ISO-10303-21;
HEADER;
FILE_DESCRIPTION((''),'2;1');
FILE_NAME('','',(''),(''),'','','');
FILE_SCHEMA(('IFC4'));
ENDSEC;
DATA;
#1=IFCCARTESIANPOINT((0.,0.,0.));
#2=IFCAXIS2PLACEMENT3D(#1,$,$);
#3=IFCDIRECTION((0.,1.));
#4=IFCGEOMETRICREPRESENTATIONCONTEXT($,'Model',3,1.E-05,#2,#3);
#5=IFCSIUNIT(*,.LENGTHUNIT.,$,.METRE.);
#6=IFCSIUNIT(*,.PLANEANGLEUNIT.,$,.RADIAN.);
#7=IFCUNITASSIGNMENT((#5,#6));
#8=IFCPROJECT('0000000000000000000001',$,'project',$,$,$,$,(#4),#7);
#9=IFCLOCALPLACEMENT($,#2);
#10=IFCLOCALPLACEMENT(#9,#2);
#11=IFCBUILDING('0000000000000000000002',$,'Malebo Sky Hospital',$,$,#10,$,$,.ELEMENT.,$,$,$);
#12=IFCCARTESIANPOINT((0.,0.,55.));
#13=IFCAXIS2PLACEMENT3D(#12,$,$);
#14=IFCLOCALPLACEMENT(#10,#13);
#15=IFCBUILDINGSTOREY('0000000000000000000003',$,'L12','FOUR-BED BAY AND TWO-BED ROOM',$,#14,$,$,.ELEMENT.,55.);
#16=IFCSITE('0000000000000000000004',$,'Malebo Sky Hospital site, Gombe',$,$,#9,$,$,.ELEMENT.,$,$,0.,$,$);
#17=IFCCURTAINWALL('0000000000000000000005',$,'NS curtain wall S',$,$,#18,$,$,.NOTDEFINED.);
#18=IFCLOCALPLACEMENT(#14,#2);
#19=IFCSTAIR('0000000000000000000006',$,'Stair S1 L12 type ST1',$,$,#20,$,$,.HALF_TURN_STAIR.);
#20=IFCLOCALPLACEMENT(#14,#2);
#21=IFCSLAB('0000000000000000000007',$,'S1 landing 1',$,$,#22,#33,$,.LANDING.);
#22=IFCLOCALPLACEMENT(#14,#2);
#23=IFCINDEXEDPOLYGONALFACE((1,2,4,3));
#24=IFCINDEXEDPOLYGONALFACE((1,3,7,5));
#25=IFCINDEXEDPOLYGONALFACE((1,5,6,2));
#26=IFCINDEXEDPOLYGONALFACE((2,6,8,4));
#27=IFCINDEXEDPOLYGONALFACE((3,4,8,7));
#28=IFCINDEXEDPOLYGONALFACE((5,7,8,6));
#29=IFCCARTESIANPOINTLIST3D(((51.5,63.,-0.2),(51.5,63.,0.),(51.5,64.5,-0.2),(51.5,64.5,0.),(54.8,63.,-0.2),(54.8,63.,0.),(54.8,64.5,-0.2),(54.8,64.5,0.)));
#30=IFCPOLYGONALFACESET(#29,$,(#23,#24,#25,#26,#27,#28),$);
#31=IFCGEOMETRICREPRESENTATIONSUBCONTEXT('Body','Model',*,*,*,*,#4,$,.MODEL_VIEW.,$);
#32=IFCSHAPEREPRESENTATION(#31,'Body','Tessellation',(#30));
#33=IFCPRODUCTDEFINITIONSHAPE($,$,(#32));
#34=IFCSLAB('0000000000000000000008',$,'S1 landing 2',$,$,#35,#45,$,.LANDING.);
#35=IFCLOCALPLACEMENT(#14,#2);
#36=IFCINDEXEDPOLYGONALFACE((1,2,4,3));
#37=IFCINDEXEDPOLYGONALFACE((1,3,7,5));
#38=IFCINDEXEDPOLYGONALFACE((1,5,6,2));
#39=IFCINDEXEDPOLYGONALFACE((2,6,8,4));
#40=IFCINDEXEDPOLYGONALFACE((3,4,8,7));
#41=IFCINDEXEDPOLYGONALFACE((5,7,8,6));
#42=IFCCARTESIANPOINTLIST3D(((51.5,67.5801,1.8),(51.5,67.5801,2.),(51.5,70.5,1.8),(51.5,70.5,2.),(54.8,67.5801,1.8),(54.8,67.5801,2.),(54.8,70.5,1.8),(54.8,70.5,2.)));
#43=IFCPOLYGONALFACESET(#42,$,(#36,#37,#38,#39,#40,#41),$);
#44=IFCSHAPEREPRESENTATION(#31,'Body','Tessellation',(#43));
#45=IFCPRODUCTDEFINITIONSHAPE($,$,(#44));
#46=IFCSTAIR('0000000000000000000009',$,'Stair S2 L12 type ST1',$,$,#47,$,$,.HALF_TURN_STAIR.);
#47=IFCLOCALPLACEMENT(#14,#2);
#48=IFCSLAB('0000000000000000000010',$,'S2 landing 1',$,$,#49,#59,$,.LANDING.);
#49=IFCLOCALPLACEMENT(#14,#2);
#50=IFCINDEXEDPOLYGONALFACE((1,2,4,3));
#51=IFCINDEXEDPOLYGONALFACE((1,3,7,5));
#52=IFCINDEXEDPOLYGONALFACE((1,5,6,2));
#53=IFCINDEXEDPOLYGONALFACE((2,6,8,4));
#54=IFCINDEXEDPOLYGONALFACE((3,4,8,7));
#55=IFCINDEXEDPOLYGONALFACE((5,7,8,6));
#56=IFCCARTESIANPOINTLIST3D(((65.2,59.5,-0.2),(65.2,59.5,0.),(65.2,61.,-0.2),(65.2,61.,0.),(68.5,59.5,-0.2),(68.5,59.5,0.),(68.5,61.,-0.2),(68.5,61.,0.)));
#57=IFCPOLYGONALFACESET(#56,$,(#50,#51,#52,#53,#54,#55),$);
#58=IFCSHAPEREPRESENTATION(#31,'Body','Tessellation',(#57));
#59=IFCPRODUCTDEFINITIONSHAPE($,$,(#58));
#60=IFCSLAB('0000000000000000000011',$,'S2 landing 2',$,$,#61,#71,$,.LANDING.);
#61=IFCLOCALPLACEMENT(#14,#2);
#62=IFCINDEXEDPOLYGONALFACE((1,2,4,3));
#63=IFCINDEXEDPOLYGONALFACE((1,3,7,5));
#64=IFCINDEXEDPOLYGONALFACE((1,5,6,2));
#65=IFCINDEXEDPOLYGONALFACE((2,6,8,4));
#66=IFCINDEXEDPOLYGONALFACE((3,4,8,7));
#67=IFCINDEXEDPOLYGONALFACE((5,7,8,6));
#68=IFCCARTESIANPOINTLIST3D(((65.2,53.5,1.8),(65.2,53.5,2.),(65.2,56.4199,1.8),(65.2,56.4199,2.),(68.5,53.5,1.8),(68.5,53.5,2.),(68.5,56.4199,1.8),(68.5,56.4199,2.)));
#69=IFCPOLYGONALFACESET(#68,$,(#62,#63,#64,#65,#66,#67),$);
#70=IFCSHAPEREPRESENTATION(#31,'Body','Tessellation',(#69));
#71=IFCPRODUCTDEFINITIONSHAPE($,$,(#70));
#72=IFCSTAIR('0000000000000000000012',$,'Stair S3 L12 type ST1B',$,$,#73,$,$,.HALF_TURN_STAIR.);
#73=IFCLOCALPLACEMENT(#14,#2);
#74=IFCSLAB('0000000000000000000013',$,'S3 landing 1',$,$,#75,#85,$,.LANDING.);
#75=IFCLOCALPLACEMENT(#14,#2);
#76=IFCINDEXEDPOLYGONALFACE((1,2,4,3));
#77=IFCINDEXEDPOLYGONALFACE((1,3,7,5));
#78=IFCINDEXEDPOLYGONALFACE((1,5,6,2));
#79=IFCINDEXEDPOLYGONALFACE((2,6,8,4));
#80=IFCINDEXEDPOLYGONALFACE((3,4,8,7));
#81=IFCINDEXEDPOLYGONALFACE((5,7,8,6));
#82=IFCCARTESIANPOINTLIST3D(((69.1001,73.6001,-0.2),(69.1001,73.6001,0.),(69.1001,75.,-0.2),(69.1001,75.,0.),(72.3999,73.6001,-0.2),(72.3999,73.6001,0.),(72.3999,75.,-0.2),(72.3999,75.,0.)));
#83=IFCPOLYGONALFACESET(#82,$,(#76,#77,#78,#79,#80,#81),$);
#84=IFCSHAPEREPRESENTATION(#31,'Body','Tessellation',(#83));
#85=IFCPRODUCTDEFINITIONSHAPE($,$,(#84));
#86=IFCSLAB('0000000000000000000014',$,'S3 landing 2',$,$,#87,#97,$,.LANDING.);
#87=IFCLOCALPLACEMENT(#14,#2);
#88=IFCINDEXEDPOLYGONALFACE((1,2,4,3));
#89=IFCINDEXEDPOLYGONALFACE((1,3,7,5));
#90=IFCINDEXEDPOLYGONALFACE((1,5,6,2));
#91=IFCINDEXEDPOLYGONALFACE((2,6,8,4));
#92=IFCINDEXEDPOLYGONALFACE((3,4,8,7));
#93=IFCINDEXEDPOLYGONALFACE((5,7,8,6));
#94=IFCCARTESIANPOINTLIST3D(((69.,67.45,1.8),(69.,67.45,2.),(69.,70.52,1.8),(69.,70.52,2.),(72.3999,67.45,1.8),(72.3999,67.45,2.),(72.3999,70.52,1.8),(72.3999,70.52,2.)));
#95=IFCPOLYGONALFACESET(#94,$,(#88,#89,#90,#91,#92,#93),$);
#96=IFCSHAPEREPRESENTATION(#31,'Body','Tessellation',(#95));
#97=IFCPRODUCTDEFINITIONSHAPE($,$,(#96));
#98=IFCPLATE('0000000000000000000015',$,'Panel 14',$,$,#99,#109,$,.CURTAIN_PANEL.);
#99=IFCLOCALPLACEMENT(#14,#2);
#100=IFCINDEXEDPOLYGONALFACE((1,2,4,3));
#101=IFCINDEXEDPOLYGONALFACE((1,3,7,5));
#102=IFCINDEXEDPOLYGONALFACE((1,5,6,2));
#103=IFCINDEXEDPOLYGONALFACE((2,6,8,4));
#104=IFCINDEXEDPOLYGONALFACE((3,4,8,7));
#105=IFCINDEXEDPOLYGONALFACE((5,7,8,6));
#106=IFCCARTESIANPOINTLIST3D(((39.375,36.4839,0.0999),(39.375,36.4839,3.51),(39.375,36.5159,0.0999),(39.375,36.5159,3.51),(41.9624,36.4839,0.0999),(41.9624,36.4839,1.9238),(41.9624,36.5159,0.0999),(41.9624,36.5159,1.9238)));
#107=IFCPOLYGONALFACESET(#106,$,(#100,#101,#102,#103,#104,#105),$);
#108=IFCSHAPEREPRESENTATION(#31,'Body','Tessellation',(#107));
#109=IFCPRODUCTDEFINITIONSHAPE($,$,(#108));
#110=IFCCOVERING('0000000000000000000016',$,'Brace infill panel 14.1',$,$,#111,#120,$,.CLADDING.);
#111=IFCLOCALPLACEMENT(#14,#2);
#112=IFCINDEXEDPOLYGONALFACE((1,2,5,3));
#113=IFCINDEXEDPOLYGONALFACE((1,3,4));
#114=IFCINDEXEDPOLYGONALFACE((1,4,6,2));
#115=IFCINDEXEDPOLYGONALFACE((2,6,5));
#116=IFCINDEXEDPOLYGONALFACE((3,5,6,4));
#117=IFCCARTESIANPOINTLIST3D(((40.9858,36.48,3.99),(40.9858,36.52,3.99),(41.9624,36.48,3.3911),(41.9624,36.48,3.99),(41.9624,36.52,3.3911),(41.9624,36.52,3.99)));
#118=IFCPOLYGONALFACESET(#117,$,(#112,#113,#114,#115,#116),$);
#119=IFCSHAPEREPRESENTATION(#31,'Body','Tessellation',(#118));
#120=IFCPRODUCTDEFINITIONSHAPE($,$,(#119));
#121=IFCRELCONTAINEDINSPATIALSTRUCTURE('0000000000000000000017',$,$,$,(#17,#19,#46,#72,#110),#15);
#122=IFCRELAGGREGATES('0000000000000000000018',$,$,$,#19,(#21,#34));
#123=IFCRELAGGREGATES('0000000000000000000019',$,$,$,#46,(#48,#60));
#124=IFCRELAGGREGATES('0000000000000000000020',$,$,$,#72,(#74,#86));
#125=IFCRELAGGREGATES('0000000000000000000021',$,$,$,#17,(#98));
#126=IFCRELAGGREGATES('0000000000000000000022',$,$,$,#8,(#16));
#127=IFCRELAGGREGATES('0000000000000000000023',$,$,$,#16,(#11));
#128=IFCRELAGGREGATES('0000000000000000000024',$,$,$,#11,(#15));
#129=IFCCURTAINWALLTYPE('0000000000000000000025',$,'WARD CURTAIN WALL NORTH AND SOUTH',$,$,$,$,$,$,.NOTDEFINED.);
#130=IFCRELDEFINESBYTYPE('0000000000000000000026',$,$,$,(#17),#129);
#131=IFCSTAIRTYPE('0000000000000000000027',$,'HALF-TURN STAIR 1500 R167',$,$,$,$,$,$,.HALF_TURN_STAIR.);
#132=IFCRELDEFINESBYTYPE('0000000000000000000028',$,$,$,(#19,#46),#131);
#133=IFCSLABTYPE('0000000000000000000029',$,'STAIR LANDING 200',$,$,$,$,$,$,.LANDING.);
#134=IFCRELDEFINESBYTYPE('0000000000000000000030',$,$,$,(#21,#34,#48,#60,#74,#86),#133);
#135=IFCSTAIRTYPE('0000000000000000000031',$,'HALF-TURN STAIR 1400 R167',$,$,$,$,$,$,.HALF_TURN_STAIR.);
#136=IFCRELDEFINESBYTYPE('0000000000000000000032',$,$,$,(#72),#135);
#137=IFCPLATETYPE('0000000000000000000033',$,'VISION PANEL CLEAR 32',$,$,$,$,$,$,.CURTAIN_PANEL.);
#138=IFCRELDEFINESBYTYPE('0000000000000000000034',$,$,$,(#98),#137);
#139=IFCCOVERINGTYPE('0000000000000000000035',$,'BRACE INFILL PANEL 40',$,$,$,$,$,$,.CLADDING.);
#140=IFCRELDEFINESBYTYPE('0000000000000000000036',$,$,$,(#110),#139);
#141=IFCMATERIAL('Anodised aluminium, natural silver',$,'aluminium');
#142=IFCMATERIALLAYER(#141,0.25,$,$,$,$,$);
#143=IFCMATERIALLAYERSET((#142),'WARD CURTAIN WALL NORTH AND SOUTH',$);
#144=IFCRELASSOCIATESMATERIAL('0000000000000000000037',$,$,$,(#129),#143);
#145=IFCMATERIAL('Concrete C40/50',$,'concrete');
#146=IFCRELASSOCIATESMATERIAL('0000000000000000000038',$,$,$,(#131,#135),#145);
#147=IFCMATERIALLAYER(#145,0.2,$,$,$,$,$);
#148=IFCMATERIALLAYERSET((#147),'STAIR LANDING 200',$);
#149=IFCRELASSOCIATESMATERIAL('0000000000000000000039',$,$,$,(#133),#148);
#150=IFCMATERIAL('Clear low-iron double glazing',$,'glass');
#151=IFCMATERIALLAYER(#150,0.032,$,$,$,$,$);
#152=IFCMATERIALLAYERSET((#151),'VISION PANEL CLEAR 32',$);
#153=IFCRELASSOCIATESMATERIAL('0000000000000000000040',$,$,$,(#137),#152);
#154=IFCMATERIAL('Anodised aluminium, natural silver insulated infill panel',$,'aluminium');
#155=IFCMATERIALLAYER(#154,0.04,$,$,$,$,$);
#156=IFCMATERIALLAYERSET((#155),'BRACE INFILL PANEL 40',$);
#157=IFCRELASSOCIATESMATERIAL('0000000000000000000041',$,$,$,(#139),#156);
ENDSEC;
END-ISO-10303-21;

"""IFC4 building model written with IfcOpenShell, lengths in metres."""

from ifc_helpers import new_model, si_unit, direction, frame, origin, place, context, subcontext, project, spatial, polyline, outline, extrude, material, layer, layer_set, type_object, element, aggregate, save


model = new_model("IFC4")

# Units and contexts
model_context = context("Model", 3, precision=1e-05, world=origin(), true_north=direction((0.0, 1.0)))
body_context = subcontext(model_context, "Body", "Model", "MODEL_VIEW")
ifc_project = project(units=[si_unit("LENGTHUNIT", "METRE"), si_unit("PLANEANGLEUNIT", "RADIAN")], contexts=[model_context])

# Site, building, storey
site_placement = place(None, origin())
site = spatial("IfcSite", under=ifc_project, at=site_placement, Name="Malebo Sky Hospital site, Gombe", CompositionType="ELEMENT", RefElevation=0.0)
building_placement = place(site_placement, origin())
building = spatial("IfcBuilding", under=site, at=building_placement, Name="Malebo Sky Hospital", CompositionType="ELEMENT")
storey_placement = place(building_placement, frame((0.0, 0.0, 55.0)))
storey = spatial("IfcBuildingStorey", under=building, at=storey_placement, Name="L12", Description="FOUR-BED BAY AND TWO-BED ROOM", CompositionType="ELEMENT", Elevation=55.0)

# Curtain wall
ifc_material_1 = material(Name="Anodised aluminium, natural silver", Category="aluminium")
ifc_layer_1 = layer(ifc_material_1, 0.25)
ifc_layer_set_1 = layer_set([ifc_layer_1], Name="WARD CURTAIN WALL NORTH AND SOUTH")
curtain_wall_type = type_object("IfcCurtainWallType", Name="WARD CURTAIN WALL NORTH AND SOUTH", PredefinedType="NOTDEFINED", material=ifc_layer_set_1)
curtain_wall_placement = place(storey_placement, origin())
curtain_wall = element("IfcCurtainWall", 1, at=curtain_wall_placement, inside=storey, type_object=curtain_wall_type, Name="NS curtain wall S", PredefinedType="NOTDEFINED")

# Shared definitions
ifc_material_2 = material(Name="Concrete C40/50", Category="concrete")

# Stairs, slabs
stair_type_1 = type_object("IfcStairType", Name="HALF-TURN STAIR 1500 R167", PredefinedType="HALF_TURN_STAIR", material=ifc_material_2)
stair_1_placement = place(storey_placement, origin())
stair_1 = element("IfcStair", 2, at=stair_1_placement, inside=storey, type_object=stair_type_1, Name="Stair S1 L12 type ST1", PredefinedType="HALF_TURN_STAIR")
ifc_layer_2 = layer(ifc_material_2, 0.2)
ifc_layer_set_2 = layer_set([ifc_layer_2], Name="STAIR LANDING 200")
slab_type_1 = type_object("IfcSlabType", Name="STAIR LANDING 200", PredefinedType="LANDING", material=ifc_layer_set_2)
slab_1_placement = place(storey_placement, frame((0.0, 0.0, -0.2)))
slab_1 = element("IfcSlab", 3, at=slab_1_placement, type_object=slab_type_1, Name="S1 landing 1", PredefinedType="LANDING", context=body_context, shape_type="SweptSolid", body=[
    extrude(outline(polyline([(51.5, 63.0), (54.8, 63.0), (54.8, 64.5), (51.5, 64.5), (51.5, 63.0)])), origin(), (0.0, 0.0, 1.0), 0.2),
])
slab_2_placement = place(storey_placement, frame((0.0, 0.0, 1.8)))
slab_2 = element("IfcSlab", 4, at=slab_2_placement, type_object=slab_type_1, Name="S1 landing 2", PredefinedType="LANDING", context=body_context, shape_type="SweptSolid", body=[
    extrude(outline(polyline([(51.5, 67.5801), (54.8, 67.5801), (54.8, 70.5), (51.5, 70.5), (51.5, 67.5801)])), origin(), (0.0, 0.0, 1.0), 0.2),
])
aggregate(stair_1, [slab_1, slab_2])
stair_2_placement = place(storey_placement, origin())
stair_2 = element("IfcStair", 5, at=stair_2_placement, inside=storey, type_object=stair_type_1, Name="Stair S2 L12 type ST1", PredefinedType="HALF_TURN_STAIR")
slab_3_placement = place(storey_placement, frame((0.0, 0.0, -0.2)))
slab_3 = element("IfcSlab", 6, at=slab_3_placement, type_object=slab_type_1, Name="S2 landing 1", PredefinedType="LANDING", context=body_context, shape_type="SweptSolid", body=[
    extrude(outline(polyline([(65.2, 59.5), (68.5, 59.5), (68.5, 61.0), (65.2, 61.0), (65.2, 59.5)])), origin(), (0.0, 0.0, 1.0), 0.2),
])
slab_4_placement = place(storey_placement, frame((0.0, 0.0, 1.8)))
slab_4 = element("IfcSlab", 7, at=slab_4_placement, type_object=slab_type_1, Name="S2 landing 2", PredefinedType="LANDING", context=body_context, shape_type="SweptSolid", body=[
    extrude(outline(polyline([(65.2, 53.5), (68.5, 53.5), (68.5, 56.4199), (65.2, 56.4199), (65.2, 53.5)])), origin(), (0.0, 0.0, 1.0), 0.2),
])
aggregate(stair_2, [slab_3, slab_4])
stair_type_2 = type_object("IfcStairType", Name="HALF-TURN STAIR 1400 R167", PredefinedType="HALF_TURN_STAIR", material=ifc_material_2)
stair_3_placement = place(storey_placement, origin())
stair_3 = element("IfcStair", 8, at=stair_3_placement, inside=storey, type_object=stair_type_2, Name="Stair S3 L12 type ST1B", PredefinedType="HALF_TURN_STAIR")
slab_5_placement = place(storey_placement, frame((0.0, 0.0, -0.2)))
slab_5 = element("IfcSlab", 9, at=slab_5_placement, type_object=slab_type_1, Name="S3 landing 1", PredefinedType="LANDING", context=body_context, shape_type="SweptSolid", body=[
    extrude(outline(polyline([(69.1001, 73.6001), (72.3999, 73.6001), (72.3999, 75.0), (69.1001, 75.0), (69.1001, 73.6001)])), origin(), (0.0, 0.0, 1.0), 0.2),
])
slab_6_placement = place(storey_placement, frame((0.0, 0.0, 1.8)))
slab_6 = element("IfcSlab", 10, at=slab_6_placement, type_object=slab_type_1, Name="S3 landing 2", PredefinedType="LANDING", context=body_context, shape_type="SweptSolid", body=[
    extrude(outline(polyline([(69.0, 67.45), (72.3999, 67.45), (72.3999, 70.52), (69.0, 70.52), (69.0, 67.45)])), origin(), (0.0, 0.0, 1.0), 0.2),
])
aggregate(stair_3, [slab_5, slab_6])

# Plate
ifc_material_3 = material(Name="Clear low-iron double glazing", Category="glass")
ifc_layer_3 = layer(ifc_material_3, 0.032)
ifc_layer_set_3 = layer_set([ifc_layer_3], Name="VISION PANEL CLEAR 32")
plate_type = type_object("IfcPlateType", Name="VISION PANEL CLEAR 32", PredefinedType="CURTAIN_PANEL", material=ifc_layer_set_3)
plate_placement = place(storey_placement, frame((40.6687, 36.5, 0.0999), z_axis=(0.0, 0.0, 1.0), x_axis=(-1.0, 0.0, 0.0)))
plate = element("IfcPlate", 11, at=plate_placement, type_object=plate_type, Name="Panel 14", PredefinedType="CURTAIN_PANEL", context=body_context, shape_type="SweptSolid", body=[
    extrude(outline(polyline([(-1.2937, 0.0), (1.2937, 0.0), (1.2937, 3.4102), (-1.2937, 1.824), (-1.2937, 0.0)])), frame((0.0, 0.0161, 0.0), z_axis=(0.0, -1.0, 0.0), x_axis=(1.0, 0.0, 0.0)), (0.0, 0.0, 1.0), 0.032),
])
aggregate(curtain_wall, [plate])

# Covering
ifc_material_4 = material(Name="Anodised aluminium, natural silver insulated infill panel", Category="aluminium")
ifc_layer_4 = layer(ifc_material_4, 0.04)
ifc_layer_set_4 = layer_set([ifc_layer_4], Name="BRACE INFILL PANEL 40")
covering_type = type_object("IfcCoveringType", Name="BRACE INFILL PANEL 40", PredefinedType="CLADDING", material=ifc_layer_set_4)
covering_placement = place(storey_placement, frame((41.4741, 36.5, 3.3911), z_axis=(0.0, 0.0, 1.0), x_axis=(-1.0, 0.0, 0.0)))
element("IfcCovering", 12, at=covering_placement, inside=storey, type_object=covering_type, Name="Brace infill panel 14.1", PredefinedType="CLADDING", context=body_context, shape_type="SweptSolid", body=[
    extrude(outline(polyline([(-0.4883, 0.0), (0.4883, 0.5989), (-0.4883, 0.5989), (-0.4883, 0.0)])), frame((0.0, 0.02, 0.0), z_axis=(0.0, -1.0, 0.0), x_axis=(1.0, 0.0, 0.0)), (0.0, 0.0, 1.0), 0.04),
])

save(model, "model.ifc")
